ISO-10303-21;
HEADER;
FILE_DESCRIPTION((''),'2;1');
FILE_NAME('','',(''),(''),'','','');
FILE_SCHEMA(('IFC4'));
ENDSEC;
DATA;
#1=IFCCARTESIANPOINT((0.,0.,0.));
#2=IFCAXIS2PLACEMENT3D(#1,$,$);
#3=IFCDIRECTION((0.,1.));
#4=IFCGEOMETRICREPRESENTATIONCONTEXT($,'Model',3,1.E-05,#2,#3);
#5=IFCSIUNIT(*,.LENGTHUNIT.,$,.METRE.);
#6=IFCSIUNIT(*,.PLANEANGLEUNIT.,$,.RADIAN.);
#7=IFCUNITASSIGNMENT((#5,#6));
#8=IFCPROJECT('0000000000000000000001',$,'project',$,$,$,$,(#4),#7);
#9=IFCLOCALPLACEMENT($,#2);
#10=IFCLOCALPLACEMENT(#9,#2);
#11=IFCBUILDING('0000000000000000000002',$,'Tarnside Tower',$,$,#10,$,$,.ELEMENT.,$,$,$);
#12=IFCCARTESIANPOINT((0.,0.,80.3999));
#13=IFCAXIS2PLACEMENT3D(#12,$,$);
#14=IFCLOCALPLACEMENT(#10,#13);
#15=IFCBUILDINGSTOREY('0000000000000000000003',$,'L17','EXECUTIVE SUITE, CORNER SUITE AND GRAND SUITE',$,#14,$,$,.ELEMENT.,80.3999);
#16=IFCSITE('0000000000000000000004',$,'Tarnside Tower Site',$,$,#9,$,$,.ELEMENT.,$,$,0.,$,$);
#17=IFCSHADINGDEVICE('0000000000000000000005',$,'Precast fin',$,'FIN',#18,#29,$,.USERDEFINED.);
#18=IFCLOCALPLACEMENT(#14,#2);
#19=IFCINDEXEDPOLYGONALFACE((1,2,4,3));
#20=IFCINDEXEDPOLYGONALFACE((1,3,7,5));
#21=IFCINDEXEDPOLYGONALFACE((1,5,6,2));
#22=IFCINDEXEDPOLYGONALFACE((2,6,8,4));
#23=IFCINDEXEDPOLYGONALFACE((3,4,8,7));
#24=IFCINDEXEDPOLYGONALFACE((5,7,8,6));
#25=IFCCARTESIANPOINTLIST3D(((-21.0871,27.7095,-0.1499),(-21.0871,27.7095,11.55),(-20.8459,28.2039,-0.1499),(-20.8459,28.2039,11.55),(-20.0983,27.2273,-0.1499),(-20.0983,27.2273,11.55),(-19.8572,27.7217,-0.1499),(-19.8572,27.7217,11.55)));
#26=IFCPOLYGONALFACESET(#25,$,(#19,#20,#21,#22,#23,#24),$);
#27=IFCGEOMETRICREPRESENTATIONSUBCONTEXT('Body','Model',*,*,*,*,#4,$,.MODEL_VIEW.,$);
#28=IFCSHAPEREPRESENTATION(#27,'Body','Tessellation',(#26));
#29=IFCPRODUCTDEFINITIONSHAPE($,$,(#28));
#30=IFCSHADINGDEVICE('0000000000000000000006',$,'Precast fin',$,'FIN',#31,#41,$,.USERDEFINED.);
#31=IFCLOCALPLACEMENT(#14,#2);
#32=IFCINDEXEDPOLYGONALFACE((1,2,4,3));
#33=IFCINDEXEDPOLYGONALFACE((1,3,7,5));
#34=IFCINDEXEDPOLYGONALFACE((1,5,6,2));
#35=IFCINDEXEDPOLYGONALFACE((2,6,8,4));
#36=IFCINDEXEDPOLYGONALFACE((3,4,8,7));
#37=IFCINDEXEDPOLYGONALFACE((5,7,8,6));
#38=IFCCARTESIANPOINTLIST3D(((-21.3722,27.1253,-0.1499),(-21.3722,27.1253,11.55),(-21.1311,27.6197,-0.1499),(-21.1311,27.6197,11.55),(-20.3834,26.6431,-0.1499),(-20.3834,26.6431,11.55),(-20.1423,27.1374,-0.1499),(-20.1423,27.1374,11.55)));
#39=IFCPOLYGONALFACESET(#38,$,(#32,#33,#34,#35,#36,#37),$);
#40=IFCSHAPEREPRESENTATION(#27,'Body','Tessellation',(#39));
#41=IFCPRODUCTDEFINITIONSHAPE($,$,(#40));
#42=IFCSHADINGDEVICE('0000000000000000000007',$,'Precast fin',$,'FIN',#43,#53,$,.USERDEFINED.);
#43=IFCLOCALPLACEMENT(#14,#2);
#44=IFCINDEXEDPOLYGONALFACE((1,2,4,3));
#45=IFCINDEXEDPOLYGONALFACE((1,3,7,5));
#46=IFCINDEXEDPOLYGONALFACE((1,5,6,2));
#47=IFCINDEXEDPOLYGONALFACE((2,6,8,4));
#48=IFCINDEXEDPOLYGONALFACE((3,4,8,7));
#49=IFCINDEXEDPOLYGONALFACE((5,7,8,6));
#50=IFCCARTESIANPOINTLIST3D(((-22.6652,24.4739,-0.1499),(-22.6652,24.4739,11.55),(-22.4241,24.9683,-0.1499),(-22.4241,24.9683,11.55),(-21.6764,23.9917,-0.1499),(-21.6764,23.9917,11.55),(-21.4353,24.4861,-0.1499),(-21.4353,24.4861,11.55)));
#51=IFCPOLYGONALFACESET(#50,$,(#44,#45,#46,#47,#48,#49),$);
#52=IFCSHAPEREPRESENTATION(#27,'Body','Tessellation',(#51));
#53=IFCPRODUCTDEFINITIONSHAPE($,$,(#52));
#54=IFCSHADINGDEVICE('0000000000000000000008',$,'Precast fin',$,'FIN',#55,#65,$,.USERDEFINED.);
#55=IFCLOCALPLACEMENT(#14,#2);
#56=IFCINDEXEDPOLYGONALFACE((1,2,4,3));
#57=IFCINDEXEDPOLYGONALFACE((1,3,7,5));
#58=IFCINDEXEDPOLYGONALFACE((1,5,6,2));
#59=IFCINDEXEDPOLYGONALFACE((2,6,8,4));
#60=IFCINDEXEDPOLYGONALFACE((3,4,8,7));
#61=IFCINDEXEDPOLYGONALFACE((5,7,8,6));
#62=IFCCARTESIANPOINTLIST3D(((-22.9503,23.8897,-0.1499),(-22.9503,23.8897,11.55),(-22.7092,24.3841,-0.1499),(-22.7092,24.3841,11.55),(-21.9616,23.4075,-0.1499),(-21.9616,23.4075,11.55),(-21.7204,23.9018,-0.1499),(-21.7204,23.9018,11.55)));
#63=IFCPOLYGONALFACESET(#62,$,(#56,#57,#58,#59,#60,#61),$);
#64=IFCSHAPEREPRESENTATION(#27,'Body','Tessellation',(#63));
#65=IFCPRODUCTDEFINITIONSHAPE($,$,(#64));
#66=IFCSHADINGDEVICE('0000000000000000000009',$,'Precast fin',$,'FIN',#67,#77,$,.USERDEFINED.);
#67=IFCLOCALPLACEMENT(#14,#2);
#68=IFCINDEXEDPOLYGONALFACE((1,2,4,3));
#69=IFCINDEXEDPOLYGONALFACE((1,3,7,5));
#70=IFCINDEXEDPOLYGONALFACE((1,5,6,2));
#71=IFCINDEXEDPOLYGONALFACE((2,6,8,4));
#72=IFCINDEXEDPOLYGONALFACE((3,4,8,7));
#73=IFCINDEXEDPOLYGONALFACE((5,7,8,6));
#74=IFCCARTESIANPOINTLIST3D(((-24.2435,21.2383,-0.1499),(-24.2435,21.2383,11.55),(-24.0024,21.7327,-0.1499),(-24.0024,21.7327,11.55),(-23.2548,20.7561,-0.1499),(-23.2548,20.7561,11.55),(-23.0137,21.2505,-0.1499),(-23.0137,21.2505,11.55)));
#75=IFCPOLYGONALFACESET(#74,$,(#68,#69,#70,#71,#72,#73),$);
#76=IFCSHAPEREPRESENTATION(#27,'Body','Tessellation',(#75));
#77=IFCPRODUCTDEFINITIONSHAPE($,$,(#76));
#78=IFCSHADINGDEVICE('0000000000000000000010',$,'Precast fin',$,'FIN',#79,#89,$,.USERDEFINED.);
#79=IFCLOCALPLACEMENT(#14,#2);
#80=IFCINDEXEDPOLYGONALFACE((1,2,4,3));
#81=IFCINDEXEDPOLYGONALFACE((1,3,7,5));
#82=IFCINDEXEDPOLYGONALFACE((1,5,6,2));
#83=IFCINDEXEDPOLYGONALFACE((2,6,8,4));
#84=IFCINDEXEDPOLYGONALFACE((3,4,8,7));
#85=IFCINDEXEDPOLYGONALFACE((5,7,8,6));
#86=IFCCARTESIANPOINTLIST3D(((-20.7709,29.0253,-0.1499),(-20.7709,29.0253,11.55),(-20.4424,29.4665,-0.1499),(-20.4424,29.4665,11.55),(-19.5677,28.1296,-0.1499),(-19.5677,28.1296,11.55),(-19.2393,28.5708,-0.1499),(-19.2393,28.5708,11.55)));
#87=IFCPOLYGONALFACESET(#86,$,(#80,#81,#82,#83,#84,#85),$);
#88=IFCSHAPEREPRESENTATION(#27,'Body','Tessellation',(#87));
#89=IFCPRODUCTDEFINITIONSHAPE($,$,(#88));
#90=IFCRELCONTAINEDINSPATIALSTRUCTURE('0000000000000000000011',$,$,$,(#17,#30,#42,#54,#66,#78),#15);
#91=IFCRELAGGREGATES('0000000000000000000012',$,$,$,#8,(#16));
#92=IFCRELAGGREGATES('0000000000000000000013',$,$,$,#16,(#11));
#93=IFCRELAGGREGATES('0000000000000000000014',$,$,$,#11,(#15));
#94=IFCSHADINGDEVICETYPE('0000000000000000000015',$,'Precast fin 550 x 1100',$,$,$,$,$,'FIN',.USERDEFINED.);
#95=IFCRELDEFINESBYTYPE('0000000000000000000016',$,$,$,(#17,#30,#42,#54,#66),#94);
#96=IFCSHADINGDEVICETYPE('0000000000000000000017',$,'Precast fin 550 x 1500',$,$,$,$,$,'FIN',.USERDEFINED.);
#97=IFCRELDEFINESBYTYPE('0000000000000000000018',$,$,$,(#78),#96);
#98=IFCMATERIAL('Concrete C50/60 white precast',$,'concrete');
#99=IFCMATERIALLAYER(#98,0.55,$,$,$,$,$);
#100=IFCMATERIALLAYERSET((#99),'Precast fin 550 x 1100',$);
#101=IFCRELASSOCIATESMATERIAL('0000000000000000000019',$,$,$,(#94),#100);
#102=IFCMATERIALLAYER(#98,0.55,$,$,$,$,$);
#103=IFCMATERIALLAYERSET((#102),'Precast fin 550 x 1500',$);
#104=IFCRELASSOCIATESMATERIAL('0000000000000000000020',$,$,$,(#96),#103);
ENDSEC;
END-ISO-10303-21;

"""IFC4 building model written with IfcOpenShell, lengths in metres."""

from ifc_helpers import new_model, si_unit, direction, frame, origin, place, context, subcontext, project, spatial, polyline, outline, extrude, material, layer, layer_set, type_object, element, save


model = new_model("IFC4")

# Units and contexts
model_context = context("Model", 3, precision=1e-05, world=origin(), true_north=direction((0.0, 1.0)))
body_context = subcontext(model_context, "Body", "Model", "MODEL_VIEW")
ifc_project = project(units=[si_unit("LENGTHUNIT", "METRE"), si_unit("PLANEANGLEUNIT", "RADIAN")], contexts=[model_context])

# Site, building, storey
site_placement = place(None, origin())
site = spatial("IfcSite", under=ifc_project, at=site_placement, Name="Tarnside Tower Site", CompositionType="ELEMENT", RefElevation=0.0)
building_placement = place(site_placement, origin())
building = spatial("IfcBuilding", under=site, at=building_placement, Name="Tarnside Tower", CompositionType="ELEMENT")
storey_placement = place(building_placement, frame((0.0, 0.0, 80.3999)))
storey = spatial("IfcBuildingStorey", under=building, at=storey_placement, Name="L17", Description="EXECUTIVE SUITE, CORNER SUITE AND GRAND SUITE", CompositionType="ELEMENT", Elevation=80.3999)

# Shading devices
ifc_material_1 = material(Name="Concrete C50/60 white precast", Category="concrete")
ifc_layer_1 = layer(ifc_material_1, 0.55)
ifc_layer_set_1 = layer_set([ifc_layer_1], Name="Precast fin 550 x 1100")
shading_device_type_1 = type_object("IfcShadingDeviceType", Name="Precast fin 550 x 1100", ElementType="FIN", PredefinedType="USERDEFINED", material=ifc_layer_set_1)
for number, where, z_axis, x_axis, name in (
    (1, (-19.9778, 27.4744, -0.1499), (0.438371, 0.898794, 0.0), (-0.898794, 0.438371, 0.0), "Precast fin"),
    (2, (-20.2629, 26.8901, -0.1499), (0.438371, 0.898794, 0.0), (-0.898794, 0.438371, 0.0), "Precast fin"),
    (3, (-21.5559, 24.2388, -0.1499), (0.438371, 0.898794, 0.0), (-0.898794, 0.438371, 0.0), "Precast fin"),
    (4, (-21.8411, 23.6545, -0.1499), (0.438371, 0.898794, 0.0), (-0.898794, 0.438371, 0.0), "Precast fin"),
    (5, (-23.1343, 21.0032, -0.1499), (0.438371, 0.898794, 0.0), (-0.898794, 0.438371, 0.0), "Precast fin"),
):
    element("IfcShadingDevice", number, at=place(storey_placement, frame(where, z_axis=z_axis, x_axis=x_axis)), inside=storey, type_object=shading_device_type_1, Name=name, ObjectType="FIN", PredefinedType="USERDEFINED", context=body_context, shape_type="SweptSolid", body=[
        extrude(outline(polyline([(0.0, 0.0), (1.1001, 0.0), (1.1001, 11.7), (0.0, 11.7), (0.0, 0.0)])), frame((0.0, 0.0, -0.2749)), (0.0, 0.0, 1.0), 0.55),
    ])
ifc_layer_2 = layer(ifc_material_1, 0.55)
ifc_layer_set_2 = layer_set([ifc_layer_2], Name="Precast fin 550 x 1500")
shading_device_type_2 = type_object("IfcShadingDeviceType", Name="Precast fin 550 x 1500", ElementType="FIN", PredefinedType="USERDEFINED", material=ifc_layer_set_2)
shading_device_placement = place(storey_placement, frame((-19.4036, 28.3501, -0.1499), z_axis=(0.597159, 0.802123, 0.0), x_axis=(-0.802123, 0.597159, 0.0)))
element("IfcShadingDevice", 6, at=shading_device_placement, inside=storey, type_object=shading_device_type_2, Name="Precast fin", ObjectType="FIN", PredefinedType="USERDEFINED", context=body_context, shape_type="SweptSolid", body=[
    extrude(outline(polyline([(0.0, 0.0), (1.5, 0.0), (1.5, 11.7), (0.0, 11.7), (0.0, 0.0)])), frame((0.0, 0.0, -0.2749)), (0.0, 0.0, 1.0), 0.55),
])

save(model, "model.ifc")
